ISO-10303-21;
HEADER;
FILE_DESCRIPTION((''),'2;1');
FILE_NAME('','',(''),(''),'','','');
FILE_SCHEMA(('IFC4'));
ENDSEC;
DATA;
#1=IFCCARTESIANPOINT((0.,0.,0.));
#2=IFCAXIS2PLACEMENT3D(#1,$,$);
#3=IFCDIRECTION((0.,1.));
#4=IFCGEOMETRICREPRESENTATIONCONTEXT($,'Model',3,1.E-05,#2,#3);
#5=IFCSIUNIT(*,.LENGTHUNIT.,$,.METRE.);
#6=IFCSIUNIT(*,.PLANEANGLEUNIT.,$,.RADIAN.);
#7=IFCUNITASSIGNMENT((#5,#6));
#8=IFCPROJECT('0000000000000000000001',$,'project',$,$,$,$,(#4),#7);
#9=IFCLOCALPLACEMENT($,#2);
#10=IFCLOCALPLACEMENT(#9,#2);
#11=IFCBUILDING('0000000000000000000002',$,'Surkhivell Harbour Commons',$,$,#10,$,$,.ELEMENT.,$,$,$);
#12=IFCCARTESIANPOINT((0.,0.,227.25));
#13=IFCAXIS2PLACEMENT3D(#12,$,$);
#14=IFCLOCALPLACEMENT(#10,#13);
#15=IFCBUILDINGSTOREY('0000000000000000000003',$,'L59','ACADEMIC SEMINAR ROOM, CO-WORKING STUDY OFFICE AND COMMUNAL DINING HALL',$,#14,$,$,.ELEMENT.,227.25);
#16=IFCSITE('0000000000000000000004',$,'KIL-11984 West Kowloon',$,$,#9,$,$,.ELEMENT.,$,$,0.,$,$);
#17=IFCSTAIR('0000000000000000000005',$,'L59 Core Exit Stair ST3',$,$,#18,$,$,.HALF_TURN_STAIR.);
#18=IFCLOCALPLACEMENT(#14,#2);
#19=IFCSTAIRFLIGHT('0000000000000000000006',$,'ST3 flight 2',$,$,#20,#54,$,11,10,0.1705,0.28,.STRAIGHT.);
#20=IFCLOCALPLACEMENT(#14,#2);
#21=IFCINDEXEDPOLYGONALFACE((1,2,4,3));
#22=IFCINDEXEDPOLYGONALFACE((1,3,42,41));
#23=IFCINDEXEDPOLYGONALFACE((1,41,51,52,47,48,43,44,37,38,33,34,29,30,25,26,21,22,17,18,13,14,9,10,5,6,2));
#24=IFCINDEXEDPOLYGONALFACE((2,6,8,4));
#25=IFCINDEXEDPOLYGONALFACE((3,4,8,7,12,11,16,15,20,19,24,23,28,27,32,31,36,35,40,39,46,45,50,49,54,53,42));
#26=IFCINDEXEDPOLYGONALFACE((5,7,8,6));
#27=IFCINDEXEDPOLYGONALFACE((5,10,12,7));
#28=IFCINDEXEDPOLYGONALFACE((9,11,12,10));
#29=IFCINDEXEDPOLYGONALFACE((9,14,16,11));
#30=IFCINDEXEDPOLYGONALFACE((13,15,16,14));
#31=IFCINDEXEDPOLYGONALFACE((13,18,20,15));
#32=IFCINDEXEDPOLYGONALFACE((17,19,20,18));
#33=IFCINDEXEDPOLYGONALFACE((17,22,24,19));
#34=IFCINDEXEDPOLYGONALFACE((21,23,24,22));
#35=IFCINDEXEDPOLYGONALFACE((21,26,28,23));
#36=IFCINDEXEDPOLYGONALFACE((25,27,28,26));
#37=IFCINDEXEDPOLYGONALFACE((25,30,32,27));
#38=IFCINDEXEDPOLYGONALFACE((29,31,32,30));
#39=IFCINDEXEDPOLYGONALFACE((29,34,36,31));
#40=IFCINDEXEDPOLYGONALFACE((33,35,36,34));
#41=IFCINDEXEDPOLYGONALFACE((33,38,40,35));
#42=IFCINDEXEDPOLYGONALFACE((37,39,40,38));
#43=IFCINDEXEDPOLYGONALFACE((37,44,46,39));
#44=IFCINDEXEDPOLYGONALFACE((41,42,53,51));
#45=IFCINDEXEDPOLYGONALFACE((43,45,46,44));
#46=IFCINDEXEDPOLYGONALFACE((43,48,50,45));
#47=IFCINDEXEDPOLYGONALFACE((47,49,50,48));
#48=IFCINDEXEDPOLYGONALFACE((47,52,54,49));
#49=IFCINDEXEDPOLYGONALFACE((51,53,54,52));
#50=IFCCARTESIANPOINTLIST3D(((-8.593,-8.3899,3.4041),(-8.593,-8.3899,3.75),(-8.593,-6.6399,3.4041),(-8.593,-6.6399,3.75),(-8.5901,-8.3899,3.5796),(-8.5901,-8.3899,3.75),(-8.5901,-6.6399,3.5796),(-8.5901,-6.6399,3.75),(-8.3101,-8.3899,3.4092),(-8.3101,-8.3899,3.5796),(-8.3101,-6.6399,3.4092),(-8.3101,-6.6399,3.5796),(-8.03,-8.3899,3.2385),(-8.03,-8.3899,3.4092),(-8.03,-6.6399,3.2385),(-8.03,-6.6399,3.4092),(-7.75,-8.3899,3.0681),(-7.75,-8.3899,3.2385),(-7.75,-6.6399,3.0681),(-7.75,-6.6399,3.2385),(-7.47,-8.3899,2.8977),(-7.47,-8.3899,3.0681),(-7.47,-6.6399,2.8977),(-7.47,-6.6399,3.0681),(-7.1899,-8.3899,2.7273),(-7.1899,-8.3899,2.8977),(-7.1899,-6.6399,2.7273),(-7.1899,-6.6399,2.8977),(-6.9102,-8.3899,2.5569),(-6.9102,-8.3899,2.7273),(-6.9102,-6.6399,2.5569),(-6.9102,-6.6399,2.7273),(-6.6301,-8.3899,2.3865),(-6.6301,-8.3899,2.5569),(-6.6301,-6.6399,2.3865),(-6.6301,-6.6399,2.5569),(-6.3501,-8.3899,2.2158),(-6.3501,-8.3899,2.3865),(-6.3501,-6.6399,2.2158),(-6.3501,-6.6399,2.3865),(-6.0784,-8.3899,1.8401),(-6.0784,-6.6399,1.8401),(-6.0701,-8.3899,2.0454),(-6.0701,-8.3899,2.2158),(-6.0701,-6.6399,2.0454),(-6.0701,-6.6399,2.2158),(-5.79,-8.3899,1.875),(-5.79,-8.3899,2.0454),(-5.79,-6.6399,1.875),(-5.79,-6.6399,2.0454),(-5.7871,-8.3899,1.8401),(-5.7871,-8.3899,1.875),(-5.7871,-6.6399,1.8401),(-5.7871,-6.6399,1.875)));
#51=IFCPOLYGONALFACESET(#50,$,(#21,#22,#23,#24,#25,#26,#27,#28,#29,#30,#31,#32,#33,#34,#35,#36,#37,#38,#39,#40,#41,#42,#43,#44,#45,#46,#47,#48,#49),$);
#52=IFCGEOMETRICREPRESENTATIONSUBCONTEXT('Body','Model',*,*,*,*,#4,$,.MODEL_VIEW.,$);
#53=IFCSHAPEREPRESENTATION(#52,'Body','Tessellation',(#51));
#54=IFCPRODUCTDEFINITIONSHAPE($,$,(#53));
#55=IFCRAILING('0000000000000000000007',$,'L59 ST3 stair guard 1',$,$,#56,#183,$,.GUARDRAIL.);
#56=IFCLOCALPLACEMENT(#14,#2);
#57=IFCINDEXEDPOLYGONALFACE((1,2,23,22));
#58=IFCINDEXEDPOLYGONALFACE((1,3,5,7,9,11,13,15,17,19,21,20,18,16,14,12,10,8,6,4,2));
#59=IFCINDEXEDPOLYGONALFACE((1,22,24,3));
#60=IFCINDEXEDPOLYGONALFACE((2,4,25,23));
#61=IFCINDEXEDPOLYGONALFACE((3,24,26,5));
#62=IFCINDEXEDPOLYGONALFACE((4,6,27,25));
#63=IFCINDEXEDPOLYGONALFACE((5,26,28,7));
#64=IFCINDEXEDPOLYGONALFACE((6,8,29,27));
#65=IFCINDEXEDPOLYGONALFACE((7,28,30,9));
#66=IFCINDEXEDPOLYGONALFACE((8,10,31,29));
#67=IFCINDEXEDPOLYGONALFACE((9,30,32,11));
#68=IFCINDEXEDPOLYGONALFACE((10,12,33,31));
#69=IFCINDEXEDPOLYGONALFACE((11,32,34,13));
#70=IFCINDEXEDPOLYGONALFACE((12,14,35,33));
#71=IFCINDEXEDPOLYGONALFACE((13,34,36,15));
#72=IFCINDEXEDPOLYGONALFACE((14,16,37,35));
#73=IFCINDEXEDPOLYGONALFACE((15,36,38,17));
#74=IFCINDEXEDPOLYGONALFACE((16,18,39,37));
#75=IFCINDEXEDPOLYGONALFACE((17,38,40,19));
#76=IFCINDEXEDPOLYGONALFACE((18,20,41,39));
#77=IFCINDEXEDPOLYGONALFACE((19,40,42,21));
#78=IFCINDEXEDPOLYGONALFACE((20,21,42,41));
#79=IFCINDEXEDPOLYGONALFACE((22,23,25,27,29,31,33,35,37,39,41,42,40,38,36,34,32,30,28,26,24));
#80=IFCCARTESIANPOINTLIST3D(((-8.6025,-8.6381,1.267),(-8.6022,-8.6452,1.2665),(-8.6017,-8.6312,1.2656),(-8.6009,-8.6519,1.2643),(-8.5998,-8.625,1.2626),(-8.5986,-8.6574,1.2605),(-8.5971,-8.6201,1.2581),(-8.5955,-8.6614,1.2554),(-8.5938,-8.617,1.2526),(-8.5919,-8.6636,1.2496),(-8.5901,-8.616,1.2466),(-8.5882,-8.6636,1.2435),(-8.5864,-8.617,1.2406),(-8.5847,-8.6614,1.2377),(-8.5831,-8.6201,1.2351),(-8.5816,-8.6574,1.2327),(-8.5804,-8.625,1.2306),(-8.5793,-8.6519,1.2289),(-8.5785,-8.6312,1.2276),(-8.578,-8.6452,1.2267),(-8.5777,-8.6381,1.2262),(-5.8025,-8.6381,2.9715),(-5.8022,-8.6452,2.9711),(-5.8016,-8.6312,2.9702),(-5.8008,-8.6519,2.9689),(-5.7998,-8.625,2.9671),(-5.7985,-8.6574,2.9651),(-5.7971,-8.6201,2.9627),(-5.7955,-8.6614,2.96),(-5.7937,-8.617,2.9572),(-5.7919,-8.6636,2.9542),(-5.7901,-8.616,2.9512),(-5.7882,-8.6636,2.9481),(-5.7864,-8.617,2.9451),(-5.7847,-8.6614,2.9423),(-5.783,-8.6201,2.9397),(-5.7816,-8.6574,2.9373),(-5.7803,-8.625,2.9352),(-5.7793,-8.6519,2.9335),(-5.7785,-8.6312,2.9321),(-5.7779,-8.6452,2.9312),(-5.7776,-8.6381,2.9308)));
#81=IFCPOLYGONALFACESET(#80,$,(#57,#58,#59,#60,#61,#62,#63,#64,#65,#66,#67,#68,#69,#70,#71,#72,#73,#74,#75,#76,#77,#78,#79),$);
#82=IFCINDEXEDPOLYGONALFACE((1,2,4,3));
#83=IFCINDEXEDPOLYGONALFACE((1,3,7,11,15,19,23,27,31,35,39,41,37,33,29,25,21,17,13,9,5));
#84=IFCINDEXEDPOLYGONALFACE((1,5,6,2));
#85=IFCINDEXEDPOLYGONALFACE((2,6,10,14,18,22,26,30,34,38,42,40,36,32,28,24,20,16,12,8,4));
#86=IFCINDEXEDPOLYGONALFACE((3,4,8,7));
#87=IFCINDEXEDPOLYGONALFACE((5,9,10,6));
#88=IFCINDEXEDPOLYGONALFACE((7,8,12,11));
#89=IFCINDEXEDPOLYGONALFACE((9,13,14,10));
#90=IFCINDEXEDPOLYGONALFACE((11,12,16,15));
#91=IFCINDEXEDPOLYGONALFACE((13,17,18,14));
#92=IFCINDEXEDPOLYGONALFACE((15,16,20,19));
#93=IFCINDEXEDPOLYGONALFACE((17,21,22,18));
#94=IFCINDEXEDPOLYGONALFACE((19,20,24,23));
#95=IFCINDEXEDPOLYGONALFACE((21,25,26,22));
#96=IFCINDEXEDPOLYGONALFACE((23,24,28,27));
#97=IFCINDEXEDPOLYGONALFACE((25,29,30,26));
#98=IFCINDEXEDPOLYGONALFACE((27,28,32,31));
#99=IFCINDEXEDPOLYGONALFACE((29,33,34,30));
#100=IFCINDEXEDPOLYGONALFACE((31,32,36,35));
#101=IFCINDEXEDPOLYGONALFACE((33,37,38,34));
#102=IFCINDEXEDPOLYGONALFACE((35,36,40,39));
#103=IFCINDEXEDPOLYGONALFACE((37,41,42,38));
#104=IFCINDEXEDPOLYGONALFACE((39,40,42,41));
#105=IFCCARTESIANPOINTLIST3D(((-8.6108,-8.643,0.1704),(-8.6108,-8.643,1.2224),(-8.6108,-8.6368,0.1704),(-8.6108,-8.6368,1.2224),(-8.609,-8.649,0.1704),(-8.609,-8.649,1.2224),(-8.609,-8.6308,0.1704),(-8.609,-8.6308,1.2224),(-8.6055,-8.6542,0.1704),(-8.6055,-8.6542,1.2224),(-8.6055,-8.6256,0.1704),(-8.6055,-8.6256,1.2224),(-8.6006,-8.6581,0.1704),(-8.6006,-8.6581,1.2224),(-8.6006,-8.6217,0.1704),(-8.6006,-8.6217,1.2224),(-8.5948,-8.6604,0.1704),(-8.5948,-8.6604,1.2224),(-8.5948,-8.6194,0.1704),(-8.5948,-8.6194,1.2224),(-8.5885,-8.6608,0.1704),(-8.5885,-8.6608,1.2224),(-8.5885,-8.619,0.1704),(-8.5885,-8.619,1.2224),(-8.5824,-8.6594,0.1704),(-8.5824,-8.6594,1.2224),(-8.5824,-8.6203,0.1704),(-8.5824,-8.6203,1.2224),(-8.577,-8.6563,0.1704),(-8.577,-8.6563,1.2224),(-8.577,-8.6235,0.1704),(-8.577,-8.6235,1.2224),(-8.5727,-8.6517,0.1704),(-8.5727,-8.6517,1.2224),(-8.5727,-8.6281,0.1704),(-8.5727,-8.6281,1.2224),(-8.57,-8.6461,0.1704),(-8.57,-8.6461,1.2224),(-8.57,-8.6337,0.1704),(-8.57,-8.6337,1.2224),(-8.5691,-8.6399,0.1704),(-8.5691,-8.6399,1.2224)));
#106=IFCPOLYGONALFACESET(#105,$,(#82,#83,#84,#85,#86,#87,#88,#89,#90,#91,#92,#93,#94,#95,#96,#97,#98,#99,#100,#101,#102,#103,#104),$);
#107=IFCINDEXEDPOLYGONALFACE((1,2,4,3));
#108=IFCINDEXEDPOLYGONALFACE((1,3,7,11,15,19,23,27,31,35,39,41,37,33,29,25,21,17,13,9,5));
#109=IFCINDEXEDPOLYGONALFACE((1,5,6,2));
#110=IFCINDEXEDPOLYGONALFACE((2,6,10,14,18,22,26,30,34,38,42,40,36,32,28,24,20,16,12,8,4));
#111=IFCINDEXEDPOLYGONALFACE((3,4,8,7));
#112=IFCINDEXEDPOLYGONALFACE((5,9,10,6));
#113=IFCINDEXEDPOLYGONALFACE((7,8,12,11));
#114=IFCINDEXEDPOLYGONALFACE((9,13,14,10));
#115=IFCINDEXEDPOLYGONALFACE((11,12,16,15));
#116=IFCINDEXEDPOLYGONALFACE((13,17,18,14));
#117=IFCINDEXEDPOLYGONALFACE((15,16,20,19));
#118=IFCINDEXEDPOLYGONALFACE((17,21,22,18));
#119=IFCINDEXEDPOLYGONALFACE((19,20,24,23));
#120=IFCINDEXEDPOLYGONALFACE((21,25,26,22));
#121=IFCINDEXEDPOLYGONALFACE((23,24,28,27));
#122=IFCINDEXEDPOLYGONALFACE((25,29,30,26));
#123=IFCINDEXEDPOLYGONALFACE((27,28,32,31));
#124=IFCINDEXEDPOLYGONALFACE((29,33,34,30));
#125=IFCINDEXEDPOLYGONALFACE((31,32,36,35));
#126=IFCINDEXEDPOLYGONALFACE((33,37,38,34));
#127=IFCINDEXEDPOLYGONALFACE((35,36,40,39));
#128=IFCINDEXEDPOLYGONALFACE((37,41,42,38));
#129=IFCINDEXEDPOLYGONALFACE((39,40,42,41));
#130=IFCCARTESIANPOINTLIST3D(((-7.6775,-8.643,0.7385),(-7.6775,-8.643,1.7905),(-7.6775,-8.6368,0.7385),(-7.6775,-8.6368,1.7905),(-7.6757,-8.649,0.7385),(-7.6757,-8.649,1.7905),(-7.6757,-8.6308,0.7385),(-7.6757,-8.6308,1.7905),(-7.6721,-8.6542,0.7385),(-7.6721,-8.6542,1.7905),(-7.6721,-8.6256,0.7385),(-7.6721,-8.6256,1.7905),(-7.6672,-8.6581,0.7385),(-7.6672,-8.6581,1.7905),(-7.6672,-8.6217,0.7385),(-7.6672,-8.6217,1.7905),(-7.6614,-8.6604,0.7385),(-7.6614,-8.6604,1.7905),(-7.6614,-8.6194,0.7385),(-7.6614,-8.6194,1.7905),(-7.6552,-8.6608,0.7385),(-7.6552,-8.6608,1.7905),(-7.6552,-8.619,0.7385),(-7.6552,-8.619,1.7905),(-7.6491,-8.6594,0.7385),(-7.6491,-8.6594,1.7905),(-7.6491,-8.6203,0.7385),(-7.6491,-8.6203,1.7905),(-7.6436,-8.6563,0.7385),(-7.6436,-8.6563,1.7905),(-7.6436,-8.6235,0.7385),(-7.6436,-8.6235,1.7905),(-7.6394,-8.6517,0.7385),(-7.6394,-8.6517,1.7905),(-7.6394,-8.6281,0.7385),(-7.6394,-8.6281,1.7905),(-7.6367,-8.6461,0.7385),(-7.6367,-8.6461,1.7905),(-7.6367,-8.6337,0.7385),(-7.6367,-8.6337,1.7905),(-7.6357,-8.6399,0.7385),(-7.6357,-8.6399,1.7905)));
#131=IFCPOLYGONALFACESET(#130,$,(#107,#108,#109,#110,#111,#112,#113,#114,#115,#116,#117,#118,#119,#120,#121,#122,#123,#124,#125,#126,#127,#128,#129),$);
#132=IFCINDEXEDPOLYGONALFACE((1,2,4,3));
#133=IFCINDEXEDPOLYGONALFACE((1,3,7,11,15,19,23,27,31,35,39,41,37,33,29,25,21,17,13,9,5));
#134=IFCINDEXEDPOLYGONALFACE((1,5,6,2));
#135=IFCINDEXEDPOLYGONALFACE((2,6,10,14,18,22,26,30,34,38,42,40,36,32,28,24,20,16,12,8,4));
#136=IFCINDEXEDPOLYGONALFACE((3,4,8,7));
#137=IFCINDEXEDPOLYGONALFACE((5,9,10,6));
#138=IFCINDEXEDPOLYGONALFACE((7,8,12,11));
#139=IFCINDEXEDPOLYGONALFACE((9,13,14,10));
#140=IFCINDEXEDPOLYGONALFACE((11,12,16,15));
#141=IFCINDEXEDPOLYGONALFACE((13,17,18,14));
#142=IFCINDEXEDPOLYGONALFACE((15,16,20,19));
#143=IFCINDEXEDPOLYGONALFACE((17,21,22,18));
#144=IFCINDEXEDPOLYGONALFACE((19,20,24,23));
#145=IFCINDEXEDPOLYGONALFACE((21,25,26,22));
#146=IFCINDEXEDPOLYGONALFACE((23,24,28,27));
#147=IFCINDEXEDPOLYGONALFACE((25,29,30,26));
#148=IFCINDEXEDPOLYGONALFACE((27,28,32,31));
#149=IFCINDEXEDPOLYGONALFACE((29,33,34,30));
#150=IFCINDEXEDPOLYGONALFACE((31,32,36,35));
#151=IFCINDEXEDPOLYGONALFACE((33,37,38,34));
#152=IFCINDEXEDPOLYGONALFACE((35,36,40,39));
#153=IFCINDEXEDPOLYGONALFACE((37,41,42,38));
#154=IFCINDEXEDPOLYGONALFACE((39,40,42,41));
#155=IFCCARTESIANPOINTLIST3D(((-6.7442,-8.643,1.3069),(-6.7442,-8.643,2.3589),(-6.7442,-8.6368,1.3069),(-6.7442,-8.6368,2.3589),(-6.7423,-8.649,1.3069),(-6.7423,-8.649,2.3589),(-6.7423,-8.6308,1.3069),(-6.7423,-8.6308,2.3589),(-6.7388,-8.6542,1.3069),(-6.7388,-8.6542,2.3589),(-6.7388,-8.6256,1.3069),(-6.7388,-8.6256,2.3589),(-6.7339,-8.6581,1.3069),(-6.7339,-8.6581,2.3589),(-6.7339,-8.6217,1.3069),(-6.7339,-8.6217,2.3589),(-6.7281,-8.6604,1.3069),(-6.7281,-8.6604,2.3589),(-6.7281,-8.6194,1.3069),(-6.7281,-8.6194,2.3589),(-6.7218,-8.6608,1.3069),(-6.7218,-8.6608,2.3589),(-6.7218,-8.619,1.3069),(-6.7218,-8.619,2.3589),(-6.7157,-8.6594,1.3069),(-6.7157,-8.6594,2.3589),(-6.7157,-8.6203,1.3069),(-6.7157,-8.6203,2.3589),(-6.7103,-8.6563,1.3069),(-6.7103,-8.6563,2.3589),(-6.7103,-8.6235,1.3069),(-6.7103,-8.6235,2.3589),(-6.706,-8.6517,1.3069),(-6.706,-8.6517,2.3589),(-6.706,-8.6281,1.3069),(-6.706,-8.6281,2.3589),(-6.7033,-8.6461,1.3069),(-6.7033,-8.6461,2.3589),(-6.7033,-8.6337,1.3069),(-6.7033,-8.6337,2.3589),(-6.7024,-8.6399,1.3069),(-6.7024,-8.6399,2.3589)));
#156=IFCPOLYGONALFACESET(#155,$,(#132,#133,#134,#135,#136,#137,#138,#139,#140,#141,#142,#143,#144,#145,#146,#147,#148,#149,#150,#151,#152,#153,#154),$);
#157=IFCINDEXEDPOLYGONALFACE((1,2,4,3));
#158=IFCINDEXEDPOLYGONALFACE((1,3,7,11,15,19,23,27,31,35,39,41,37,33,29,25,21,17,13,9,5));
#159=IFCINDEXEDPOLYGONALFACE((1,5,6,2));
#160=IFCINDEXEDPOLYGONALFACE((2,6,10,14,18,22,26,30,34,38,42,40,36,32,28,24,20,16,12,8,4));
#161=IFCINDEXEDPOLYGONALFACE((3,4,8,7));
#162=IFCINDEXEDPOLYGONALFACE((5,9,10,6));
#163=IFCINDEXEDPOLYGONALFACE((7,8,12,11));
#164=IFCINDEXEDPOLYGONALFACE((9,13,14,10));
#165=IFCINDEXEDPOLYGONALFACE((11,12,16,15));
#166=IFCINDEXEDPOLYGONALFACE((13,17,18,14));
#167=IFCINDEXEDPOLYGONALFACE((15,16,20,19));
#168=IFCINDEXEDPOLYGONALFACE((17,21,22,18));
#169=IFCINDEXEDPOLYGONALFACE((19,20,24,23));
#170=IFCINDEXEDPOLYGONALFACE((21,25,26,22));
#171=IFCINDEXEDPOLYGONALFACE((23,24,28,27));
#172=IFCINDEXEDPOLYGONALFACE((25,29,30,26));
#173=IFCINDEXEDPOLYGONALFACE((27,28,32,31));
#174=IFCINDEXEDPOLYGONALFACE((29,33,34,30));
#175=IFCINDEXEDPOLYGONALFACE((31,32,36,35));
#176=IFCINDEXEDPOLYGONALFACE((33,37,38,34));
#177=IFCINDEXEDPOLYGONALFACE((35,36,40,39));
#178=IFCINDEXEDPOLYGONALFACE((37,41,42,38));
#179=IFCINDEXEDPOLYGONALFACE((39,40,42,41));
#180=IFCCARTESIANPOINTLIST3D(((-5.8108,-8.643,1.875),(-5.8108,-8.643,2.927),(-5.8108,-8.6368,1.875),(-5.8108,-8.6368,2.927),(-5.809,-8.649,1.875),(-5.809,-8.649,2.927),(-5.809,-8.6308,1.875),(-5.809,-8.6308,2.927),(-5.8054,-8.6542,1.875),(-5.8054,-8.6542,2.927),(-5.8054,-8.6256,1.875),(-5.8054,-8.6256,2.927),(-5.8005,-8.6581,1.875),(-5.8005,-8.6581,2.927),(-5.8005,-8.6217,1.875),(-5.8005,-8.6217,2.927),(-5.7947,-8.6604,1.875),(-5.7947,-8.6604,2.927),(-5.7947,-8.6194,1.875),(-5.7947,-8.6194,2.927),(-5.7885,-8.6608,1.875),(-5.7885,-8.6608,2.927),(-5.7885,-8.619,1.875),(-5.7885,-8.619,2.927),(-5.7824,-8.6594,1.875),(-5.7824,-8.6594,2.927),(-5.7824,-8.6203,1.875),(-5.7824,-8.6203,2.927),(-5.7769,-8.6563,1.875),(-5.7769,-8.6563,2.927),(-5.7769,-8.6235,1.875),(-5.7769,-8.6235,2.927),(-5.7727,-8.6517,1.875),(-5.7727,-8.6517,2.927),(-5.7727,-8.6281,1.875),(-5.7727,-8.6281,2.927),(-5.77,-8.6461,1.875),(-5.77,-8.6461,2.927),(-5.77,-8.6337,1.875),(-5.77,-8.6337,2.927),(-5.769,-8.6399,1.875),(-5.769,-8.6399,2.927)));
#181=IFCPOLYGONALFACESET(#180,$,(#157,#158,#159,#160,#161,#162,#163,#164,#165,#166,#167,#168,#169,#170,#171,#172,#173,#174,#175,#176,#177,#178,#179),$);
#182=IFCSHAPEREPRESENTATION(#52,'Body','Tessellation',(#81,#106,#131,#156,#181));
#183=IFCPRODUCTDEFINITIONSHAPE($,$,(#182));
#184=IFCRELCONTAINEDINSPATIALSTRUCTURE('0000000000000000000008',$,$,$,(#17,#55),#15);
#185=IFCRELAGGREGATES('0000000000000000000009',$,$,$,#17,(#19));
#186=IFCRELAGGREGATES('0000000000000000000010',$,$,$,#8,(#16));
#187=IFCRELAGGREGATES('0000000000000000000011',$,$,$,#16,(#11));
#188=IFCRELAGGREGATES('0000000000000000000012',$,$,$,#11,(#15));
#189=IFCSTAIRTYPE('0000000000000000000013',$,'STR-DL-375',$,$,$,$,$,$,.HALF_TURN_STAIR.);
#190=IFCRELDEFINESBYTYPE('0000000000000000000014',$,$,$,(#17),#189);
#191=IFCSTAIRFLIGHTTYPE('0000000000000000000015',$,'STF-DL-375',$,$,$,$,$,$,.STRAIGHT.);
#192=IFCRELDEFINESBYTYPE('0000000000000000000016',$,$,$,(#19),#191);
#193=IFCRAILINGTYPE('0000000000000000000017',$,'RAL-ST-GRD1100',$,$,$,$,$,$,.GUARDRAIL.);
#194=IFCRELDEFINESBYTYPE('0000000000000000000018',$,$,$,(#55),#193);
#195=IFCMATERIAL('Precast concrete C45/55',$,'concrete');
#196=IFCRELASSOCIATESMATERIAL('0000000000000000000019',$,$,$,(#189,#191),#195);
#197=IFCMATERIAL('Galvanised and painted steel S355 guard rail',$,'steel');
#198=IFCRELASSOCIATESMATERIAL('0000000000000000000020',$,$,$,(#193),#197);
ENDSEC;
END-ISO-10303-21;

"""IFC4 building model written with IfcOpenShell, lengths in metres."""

from ifc_helpers import new_model, si_unit, direction, frame, origin, origin_2d, place, context, subcontext, project, spatial, polyline, circle, outline, extrude, material, type_object, element, aggregate, save


model = new_model("IFC4")

# Units and contexts
model_context = context("Model", 3, precision=1e-05, world=origin(), true_north=direction((0.0, 1.0)))
body_context = subcontext(model_context, "Body", "Model", "MODEL_VIEW")
ifc_project = project(units=[si_unit("LENGTHUNIT", "METRE"), si_unit("PLANEANGLEUNIT", "RADIAN")], contexts=[model_context])

# Site, building, storey
site_placement = place(None, origin())
site = spatial("IfcSite", under=ifc_project, at=site_placement, Name="KIL-11984 West Kowloon", CompositionType="ELEMENT", RefElevation=0.0)
building_placement = place(site_placement, origin())
building = spatial("IfcBuilding", under=site, at=building_placement, Name="Surkhivell Harbour Commons", CompositionType="ELEMENT")
storey_placement = place(building_placement, frame((0.0, 0.0, 227.25)))
storey = spatial("IfcBuildingStorey", under=building, at=storey_placement, Name="L59", Description="ACADEMIC SEMINAR ROOM, CO-WORKING STUDY OFFICE AND COMMUNAL DINING HALL", CompositionType="ELEMENT", Elevation=227.25)

# Stair, stair flight
ifc_material_1 = material(Name="Precast concrete C45/55", Category="concrete")
stair_type = type_object("IfcStairType", Name="STR-DL-375", PredefinedType="HALF_TURN_STAIR", material=ifc_material_1)
stair_placement = place(storey_placement, origin())
stair = element("IfcStair", 1, at=stair_placement, inside=storey, type_object=stair_type, Name="L59 Core Exit Stair ST3", PredefinedType="HALF_TURN_STAIR")
stair_flight_type = type_object("IfcStairFlightType", Name="STF-DL-375", PredefinedType="STRAIGHT", material=ifc_material_1)
stair_flight_1_placement = place(storey_placement, frame((-5.79, -7.5149, 1.875), z_axis=(0.0, 0.0, 1.0), x_axis=(-1.0, 0.0, 0.0)))
stair_flight_1 = element("IfcStairFlight", 2, at=stair_flight_1_placement, type_object=stair_flight_type, Name="ST3 flight 2", NumberOfRisers=11, NumberOfTreads=10, PredefinedType="STRAIGHT", RiserHeight=0.1705, TreadLength=0.28, context=body_context, shape_type="SweptSolid", body=[
    extrude(outline(polyline([(-0.0029, -0.0349), (-0.0029, 0.0), (0.0, 0.0), (0.0, 0.1704), (0.28, 0.1704), (0.28, 0.3408), (0.5601, 0.3408), (0.5601, 0.5115), (0.8401, 0.5115), (0.8401, 0.6819), (1.1201, 0.6819), (1.1201, 0.8523), (1.3999, 0.8523), (1.3999, 1.0227), (1.6799, 1.0227), (1.6799, 1.1931), (1.96, 1.1931), (1.96, 1.3635), (2.24, 1.3635), (2.24, 1.5342), (2.52, 1.5342), (2.52, 1.7046), (2.8, 1.7046), (2.8, 1.875), (2.803, 1.875), (2.803, 1.5291), (0.2883, -0.0349), (-0.0029, -0.0349)])), frame((0.0, 0.875, 0.0), z_axis=(0.0, -1.0, 0.0), x_axis=(1.0, 0.0, 0.0)), (0.0, 0.0, 1.0), 1.75),
])
aggregate(stair, [stair_flight_1])

# Railing
ifc_material_2 = material(Name="Galvanised and painted steel S355 guard rail", Category="steel")
railing_type_1 = type_object("IfcRailingType", Name="RAL-ST-GRD1100", PredefinedType="GUARDRAIL", material=ifc_material_2)
railing_1_placement = place(storey_placement, frame((-8.5901, -8.6399, 0.1704)))
element("IfcRailing", 3, at=railing_1_placement, inside=storey, type_object=railing_type_1, Name="L59 ST3 stair guard 1", PredefinedType="GUARDRAIL", context=body_context, shape_type="SweptSolid", body=[
    extrude(circle(Radius=0.0239, at=origin_2d()), frame((0.0, 0.0, 1.0762), z_axis=(0.85417, 0.0, 0.519994), x_axis=(0.0, 1.0, 0.0)), (0.0, 0.0, 1.0), 3.2781),
    extrude(circle(Radius=0.021, at=origin_2d()), origin(), (0.0, 0.0, 1.0), 1.052),
    extrude(circle(Radius=0.021, at=origin_2d()), frame((0.9333, 0.0, 0.5681)), (0.0, 0.0, 1.0), 1.052),
    extrude(circle(Radius=0.021, at=origin_2d()), frame((1.8667, 0.0, 1.1365)), (0.0, 0.0, 1.0), 1.052),
    extrude(circle(Radius=0.021, at=origin_2d()), frame((2.8, 0.0, 1.7046)), (0.0, 0.0, 1.0), 1.052),
])

save(model, "model.ifc")
